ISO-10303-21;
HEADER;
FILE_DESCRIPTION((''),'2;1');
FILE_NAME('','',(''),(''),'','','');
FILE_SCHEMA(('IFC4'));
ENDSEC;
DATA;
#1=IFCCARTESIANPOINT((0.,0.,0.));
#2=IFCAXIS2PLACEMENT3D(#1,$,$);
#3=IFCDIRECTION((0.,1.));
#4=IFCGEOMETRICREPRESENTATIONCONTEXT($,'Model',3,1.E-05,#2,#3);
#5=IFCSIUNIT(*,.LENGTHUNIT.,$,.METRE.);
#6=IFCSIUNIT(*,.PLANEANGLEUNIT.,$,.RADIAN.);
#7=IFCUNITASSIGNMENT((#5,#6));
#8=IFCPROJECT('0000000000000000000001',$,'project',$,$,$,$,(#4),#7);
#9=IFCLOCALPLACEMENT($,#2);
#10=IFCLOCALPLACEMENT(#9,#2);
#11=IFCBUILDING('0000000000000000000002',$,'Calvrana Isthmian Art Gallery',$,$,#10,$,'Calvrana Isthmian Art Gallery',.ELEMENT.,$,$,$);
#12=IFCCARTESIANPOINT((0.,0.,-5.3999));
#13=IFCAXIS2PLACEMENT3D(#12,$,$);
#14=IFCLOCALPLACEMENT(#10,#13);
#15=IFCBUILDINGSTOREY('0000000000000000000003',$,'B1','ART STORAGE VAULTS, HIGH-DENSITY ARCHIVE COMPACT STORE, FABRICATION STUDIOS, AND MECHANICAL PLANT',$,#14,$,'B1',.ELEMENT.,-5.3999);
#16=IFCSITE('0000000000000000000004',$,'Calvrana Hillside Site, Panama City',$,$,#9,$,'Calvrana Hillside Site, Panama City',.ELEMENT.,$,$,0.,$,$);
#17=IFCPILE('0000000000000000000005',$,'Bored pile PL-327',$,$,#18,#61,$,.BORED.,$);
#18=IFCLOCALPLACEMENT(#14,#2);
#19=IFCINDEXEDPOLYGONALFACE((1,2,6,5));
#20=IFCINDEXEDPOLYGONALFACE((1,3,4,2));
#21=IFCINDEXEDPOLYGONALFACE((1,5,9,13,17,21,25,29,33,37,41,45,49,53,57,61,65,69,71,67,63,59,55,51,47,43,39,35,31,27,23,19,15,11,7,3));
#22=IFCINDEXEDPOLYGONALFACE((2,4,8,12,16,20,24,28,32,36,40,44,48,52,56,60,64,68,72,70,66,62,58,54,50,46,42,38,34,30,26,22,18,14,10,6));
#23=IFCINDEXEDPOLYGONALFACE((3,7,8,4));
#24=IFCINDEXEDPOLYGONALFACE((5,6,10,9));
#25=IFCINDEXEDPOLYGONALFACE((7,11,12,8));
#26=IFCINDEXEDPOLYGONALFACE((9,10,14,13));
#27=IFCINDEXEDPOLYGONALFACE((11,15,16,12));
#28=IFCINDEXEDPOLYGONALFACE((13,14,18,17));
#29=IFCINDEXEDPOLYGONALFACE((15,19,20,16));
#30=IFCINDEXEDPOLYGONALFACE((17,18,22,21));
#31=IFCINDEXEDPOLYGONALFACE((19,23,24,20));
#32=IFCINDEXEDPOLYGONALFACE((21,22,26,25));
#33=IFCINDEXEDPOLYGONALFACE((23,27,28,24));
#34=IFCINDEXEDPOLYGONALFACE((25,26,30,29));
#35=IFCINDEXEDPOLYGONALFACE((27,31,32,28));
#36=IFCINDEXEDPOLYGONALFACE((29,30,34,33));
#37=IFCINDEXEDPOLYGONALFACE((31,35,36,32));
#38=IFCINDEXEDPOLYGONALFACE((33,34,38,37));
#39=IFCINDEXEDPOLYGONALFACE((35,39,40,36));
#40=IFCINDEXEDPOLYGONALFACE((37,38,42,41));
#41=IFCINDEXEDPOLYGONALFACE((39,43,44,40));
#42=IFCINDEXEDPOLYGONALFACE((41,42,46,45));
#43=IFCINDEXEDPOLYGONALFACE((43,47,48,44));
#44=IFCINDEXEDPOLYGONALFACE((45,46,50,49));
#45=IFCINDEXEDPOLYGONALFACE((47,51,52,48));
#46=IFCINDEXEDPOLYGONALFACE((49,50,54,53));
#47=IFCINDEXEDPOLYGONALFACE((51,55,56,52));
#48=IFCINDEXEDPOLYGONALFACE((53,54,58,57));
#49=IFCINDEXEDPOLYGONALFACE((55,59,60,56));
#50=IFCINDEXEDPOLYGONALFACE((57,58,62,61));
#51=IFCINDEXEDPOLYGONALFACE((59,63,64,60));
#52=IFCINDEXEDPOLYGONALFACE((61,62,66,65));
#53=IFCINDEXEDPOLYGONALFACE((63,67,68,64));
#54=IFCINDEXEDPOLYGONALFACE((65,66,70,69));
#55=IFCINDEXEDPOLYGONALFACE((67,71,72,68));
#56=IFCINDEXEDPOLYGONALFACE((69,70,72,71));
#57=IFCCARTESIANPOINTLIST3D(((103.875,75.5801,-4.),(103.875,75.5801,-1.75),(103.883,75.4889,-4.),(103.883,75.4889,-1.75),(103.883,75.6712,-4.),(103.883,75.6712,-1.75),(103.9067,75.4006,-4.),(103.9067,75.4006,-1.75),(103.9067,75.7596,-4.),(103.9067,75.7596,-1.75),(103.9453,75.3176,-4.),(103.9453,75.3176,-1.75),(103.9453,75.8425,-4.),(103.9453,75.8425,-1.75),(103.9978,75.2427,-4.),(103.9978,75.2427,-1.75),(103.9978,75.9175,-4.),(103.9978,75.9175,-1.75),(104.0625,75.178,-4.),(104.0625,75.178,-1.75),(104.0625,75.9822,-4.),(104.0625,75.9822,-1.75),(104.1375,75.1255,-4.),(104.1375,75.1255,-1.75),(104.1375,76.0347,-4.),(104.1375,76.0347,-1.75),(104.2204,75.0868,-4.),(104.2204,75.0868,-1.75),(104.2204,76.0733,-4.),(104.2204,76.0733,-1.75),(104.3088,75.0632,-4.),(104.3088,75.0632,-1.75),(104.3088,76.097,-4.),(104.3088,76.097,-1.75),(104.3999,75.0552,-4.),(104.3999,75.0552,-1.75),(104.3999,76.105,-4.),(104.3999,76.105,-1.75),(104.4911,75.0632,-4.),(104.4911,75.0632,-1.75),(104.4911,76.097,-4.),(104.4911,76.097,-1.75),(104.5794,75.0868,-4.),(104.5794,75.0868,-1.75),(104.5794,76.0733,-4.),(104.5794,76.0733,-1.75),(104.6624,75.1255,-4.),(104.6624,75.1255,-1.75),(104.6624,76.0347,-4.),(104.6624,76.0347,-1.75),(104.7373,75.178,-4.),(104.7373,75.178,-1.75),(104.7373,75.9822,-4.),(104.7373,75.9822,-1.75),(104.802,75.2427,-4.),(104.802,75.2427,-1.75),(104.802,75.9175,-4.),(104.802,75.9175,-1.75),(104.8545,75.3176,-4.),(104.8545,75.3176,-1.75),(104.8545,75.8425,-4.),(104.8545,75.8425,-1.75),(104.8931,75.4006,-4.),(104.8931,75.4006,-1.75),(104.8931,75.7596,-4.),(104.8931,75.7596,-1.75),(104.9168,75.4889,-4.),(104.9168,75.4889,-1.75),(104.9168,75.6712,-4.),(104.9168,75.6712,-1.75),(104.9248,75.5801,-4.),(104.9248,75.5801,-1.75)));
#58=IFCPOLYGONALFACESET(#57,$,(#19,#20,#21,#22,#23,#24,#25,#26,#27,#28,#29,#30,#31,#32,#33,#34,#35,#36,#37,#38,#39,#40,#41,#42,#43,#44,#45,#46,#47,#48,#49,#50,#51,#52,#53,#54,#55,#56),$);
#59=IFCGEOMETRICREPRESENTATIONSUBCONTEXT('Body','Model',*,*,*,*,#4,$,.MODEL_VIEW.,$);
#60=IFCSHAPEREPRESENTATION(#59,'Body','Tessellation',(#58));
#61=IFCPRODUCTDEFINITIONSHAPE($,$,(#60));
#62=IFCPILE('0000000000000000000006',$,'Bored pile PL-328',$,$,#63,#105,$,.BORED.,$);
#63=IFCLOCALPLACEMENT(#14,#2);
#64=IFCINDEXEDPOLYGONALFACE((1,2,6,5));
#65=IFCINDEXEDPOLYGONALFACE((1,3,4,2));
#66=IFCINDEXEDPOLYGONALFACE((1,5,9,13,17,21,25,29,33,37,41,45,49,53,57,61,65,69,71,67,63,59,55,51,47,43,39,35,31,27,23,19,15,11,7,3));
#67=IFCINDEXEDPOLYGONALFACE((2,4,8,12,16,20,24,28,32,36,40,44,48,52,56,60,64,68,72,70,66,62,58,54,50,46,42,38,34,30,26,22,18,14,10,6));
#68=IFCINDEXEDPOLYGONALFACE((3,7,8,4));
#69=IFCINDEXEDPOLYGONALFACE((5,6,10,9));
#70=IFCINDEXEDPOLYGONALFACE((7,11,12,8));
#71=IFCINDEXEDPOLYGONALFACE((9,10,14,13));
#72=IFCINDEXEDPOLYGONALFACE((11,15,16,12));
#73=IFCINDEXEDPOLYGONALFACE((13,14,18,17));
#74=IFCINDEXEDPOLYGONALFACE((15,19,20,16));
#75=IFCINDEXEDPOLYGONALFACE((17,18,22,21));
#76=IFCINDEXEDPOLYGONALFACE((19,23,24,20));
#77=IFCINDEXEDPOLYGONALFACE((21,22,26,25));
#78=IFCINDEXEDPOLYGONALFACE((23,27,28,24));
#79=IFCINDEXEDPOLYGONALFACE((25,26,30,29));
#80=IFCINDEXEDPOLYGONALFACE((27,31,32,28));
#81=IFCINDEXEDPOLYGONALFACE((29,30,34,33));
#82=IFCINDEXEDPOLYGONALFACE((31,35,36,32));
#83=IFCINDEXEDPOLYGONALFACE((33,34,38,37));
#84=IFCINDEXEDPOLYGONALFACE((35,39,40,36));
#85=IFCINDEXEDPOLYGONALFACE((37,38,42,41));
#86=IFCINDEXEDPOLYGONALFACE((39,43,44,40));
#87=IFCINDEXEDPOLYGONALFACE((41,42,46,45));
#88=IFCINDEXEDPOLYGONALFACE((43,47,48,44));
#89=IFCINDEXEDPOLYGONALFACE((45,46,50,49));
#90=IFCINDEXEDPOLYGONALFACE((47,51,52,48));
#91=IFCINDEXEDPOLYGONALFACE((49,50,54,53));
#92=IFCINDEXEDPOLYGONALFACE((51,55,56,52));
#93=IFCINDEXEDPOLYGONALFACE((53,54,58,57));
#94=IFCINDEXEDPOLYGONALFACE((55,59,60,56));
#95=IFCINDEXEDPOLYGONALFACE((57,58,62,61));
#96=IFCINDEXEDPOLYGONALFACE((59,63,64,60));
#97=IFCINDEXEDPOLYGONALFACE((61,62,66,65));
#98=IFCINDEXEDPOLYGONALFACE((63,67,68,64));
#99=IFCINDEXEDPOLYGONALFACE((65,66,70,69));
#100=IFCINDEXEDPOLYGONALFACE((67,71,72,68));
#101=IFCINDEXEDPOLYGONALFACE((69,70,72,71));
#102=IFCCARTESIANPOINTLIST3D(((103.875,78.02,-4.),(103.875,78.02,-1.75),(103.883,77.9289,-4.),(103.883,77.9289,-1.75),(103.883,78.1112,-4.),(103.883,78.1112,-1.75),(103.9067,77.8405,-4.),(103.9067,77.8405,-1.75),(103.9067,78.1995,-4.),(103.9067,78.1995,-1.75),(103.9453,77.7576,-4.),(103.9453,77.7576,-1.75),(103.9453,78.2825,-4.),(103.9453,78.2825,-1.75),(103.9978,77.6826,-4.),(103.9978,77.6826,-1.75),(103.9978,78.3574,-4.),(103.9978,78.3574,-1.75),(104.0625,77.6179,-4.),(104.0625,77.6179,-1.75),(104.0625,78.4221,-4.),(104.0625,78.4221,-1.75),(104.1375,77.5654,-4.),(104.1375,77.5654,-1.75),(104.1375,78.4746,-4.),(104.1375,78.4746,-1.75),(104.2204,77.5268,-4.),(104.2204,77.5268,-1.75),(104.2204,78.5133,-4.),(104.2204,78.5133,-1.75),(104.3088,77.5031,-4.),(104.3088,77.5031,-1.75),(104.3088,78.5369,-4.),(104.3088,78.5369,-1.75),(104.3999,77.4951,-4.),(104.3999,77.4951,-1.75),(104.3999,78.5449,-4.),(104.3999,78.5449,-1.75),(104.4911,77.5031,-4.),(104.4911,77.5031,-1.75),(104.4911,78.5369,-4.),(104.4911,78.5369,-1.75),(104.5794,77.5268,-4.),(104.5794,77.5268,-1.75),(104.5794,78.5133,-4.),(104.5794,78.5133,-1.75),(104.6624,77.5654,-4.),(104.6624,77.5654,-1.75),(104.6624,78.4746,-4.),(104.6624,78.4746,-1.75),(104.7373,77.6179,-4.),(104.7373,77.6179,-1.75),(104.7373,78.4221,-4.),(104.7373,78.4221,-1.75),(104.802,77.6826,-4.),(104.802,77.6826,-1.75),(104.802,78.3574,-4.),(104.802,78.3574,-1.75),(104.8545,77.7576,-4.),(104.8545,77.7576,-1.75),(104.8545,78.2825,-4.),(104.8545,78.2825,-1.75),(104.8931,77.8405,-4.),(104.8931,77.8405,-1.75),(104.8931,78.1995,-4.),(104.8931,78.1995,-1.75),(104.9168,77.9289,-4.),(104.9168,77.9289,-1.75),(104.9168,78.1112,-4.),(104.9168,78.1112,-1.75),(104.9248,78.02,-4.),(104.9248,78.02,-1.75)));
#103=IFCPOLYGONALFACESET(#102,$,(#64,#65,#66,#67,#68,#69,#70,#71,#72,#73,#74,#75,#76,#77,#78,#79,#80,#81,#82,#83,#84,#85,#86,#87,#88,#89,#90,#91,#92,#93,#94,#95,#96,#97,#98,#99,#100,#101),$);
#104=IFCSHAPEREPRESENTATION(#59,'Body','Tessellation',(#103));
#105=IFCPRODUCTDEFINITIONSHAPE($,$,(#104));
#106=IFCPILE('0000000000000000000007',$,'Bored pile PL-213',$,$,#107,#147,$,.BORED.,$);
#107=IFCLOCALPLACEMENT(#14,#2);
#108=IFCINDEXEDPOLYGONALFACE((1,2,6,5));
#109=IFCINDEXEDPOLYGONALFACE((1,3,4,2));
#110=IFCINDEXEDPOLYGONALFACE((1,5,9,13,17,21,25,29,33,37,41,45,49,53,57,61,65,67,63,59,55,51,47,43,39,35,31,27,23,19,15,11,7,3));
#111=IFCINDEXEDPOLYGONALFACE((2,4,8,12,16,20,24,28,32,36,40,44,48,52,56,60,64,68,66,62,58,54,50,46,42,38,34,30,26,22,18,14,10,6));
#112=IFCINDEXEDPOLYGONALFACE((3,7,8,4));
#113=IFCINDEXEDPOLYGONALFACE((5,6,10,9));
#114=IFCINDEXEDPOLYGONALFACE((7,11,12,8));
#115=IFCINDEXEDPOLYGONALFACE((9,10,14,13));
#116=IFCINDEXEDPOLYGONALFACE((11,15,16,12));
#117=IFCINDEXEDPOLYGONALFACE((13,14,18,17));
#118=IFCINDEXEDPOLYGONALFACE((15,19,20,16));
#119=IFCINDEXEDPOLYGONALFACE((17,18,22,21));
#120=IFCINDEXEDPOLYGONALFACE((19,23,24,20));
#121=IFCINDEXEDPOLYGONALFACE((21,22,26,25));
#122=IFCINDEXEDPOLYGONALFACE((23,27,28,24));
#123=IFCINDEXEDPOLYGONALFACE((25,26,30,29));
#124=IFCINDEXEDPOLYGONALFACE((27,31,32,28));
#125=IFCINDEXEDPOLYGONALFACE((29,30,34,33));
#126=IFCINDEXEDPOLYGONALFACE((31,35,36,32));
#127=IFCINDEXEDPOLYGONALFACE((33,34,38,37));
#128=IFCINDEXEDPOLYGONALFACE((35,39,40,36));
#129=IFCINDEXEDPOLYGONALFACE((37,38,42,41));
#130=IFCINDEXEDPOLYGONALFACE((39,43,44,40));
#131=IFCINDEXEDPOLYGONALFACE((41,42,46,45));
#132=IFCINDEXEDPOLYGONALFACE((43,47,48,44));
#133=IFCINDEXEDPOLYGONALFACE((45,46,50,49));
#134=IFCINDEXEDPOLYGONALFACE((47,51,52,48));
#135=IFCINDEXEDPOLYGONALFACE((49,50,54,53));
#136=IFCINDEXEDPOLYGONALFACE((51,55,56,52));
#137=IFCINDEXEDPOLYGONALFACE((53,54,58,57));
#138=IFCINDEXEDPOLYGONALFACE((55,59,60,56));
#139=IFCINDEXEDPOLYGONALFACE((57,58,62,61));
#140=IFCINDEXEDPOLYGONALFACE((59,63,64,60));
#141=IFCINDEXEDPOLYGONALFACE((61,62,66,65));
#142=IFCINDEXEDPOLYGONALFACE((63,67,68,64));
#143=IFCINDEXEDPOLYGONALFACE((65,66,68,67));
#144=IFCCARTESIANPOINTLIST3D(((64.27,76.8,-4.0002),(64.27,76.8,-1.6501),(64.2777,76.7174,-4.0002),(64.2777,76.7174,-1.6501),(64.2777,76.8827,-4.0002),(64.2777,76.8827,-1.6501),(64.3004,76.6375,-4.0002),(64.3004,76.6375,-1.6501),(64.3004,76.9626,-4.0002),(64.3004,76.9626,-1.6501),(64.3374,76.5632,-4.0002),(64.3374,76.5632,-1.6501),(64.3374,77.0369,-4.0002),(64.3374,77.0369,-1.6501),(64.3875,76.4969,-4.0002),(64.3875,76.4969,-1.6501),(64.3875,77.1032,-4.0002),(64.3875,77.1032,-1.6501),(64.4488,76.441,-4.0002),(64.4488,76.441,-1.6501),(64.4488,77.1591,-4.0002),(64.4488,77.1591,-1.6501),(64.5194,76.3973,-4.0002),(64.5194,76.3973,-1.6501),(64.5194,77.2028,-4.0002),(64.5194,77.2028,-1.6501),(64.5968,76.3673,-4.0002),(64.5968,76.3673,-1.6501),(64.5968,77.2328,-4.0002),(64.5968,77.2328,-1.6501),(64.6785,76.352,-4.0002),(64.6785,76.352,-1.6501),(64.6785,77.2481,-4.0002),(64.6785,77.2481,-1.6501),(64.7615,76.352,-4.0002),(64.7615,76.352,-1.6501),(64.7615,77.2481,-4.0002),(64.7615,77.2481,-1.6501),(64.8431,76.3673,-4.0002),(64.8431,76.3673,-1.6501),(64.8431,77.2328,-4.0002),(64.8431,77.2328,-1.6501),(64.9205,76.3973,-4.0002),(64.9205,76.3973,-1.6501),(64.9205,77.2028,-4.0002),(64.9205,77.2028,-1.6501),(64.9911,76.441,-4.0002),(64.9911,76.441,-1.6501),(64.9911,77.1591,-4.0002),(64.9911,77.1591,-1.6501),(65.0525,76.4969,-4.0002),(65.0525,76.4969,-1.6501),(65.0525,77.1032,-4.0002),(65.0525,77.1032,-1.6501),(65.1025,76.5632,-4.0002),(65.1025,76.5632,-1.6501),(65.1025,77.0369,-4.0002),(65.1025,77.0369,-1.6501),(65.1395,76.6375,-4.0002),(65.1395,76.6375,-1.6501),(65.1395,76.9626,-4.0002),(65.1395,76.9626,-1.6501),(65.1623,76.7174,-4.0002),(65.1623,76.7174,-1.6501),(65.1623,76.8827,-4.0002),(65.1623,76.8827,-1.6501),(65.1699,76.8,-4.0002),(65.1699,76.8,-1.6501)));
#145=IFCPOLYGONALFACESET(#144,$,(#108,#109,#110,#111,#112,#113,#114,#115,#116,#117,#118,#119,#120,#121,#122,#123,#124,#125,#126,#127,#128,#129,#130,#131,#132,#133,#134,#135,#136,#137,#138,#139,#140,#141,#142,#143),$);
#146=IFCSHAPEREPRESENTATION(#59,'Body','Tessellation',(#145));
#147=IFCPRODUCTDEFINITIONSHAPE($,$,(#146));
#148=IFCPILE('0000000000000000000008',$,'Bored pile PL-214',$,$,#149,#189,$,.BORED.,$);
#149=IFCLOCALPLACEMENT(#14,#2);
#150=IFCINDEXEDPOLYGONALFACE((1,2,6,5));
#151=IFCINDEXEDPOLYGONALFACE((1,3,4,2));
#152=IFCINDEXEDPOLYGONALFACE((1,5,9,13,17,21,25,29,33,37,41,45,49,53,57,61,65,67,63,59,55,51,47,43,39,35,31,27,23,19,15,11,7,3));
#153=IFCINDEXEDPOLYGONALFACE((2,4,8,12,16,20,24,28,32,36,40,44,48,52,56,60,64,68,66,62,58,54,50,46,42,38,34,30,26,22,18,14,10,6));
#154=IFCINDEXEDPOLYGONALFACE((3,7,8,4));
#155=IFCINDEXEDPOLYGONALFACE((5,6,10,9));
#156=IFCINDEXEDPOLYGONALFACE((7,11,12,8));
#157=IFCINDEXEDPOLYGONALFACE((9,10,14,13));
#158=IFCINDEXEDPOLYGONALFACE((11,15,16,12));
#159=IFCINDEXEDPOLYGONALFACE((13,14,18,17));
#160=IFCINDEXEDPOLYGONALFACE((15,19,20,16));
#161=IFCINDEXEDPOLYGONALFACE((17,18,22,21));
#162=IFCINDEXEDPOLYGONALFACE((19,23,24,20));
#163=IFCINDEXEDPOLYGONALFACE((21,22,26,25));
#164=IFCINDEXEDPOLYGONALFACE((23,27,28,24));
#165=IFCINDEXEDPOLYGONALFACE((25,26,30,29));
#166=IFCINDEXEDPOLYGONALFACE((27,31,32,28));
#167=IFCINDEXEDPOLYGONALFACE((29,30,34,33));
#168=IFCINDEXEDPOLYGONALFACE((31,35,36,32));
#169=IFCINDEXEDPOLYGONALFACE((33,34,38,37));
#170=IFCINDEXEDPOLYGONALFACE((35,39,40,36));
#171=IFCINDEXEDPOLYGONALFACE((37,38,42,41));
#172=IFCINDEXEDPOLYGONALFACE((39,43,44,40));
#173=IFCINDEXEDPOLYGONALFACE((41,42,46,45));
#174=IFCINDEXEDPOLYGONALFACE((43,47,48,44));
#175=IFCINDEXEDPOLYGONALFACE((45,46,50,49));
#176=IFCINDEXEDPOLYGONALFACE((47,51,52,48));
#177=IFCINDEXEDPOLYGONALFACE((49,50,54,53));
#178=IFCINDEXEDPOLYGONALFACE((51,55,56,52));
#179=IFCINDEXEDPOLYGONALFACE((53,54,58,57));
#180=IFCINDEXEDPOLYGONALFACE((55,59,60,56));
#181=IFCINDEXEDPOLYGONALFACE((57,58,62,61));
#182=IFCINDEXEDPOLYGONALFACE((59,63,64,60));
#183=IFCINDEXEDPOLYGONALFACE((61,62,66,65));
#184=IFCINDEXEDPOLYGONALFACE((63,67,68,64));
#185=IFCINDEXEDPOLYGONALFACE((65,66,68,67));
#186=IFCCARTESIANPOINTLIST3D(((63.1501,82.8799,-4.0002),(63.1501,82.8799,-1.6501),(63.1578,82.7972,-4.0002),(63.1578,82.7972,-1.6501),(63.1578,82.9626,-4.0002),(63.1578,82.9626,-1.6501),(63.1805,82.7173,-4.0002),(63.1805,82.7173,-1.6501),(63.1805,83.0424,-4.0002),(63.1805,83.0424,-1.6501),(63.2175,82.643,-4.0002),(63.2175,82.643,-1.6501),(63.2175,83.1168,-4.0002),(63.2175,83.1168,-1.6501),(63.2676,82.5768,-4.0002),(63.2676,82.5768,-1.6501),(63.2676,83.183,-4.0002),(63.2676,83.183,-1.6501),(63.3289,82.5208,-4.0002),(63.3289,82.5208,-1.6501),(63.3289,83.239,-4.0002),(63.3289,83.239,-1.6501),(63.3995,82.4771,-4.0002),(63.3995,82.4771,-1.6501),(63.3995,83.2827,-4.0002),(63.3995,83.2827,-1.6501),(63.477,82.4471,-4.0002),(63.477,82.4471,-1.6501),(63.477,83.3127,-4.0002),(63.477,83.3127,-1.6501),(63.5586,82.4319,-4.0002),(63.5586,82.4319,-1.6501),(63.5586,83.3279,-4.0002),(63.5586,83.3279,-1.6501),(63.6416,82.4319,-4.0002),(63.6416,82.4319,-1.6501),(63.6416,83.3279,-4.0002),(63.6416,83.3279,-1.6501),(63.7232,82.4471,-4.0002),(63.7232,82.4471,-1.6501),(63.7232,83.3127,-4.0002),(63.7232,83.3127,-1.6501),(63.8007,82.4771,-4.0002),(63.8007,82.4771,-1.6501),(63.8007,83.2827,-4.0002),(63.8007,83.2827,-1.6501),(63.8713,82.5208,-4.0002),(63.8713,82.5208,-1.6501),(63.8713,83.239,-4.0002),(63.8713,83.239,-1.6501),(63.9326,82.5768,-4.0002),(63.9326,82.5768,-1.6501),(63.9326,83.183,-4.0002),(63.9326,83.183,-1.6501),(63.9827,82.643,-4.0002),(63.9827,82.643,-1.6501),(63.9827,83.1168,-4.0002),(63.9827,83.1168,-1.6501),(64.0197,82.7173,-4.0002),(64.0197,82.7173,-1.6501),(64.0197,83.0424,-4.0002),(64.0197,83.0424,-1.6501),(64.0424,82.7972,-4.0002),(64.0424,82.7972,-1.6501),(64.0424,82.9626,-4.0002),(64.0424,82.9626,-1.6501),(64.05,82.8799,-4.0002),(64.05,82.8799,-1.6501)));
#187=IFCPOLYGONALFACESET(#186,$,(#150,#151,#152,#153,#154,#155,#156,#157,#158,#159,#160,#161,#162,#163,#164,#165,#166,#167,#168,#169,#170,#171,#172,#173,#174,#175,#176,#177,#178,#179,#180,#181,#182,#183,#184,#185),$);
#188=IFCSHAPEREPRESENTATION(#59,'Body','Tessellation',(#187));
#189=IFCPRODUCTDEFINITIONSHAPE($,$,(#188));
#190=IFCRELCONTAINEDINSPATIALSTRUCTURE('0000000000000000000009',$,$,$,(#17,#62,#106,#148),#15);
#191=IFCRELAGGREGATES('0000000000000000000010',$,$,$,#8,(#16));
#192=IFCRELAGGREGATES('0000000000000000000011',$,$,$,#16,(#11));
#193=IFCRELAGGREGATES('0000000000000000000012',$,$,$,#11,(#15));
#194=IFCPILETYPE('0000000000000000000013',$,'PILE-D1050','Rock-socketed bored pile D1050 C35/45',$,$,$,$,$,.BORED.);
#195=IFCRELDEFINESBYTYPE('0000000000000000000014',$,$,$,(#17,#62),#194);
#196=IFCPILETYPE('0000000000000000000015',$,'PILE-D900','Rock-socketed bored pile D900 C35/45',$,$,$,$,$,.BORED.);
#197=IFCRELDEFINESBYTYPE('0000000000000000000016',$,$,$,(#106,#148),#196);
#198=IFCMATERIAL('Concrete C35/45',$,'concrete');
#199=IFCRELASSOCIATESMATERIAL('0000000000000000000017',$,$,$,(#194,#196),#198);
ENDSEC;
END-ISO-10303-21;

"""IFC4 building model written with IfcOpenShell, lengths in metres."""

from ifc_helpers import new_model, si_unit, direction, frame, origin, origin_2d, place, context, subcontext, project, spatial, circle, extrude, material, material_profile, profile_set, type_object, element, save


model = new_model("IFC4")

# Units and contexts
model_context = context("Model", 3, precision=1e-05, world=origin(), true_north=direction((0.0, 1.0)))
body_context = subcontext(model_context, "Body", "Model", "MODEL_VIEW")
ifc_project = project(units=[si_unit("LENGTHUNIT", "METRE"), si_unit("PLANEANGLEUNIT", "RADIAN")], contexts=[model_context])

# Site, building, storey
site_placement = place(None, origin())
site = spatial("IfcSite", under=ifc_project, at=site_placement, Name="Calvrana Hillside Site, Panama City", LongName="Calvrana Hillside Site, Panama City", CompositionType="ELEMENT", RefElevation=0.0)
building_placement = place(site_placement, origin())
building = spatial("IfcBuilding", under=site, at=building_placement, Name="Calvrana Isthmian Art Gallery", LongName="Calvrana Isthmian Art Gallery", CompositionType="ELEMENT")
storey_placement = place(building_placement, frame((0.0, 0.0, -5.3999)))
storey = spatial("IfcBuildingStorey", under=building, at=storey_placement, Name="B1", Description="ART STORAGE VAULTS, HIGH-DENSITY ARCHIVE COMPACT STORE, FABRICATION STUDIOS, AND MECHANICAL PLANT", LongName="B1", CompositionType="ELEMENT", Elevation=-5.3999)

# Shared definitions
ifc_material_1 = material(Name="Concrete C35/45", Category="concrete")

# Piles
ifc_material_profile_1 = material_profile(ifc_material_1, circle(Radius=0.5249, at=origin_2d()), Name="PILE1050D")
ifc_profile_set_1 = profile_set([ifc_material_profile_1], Name="Concrete C35/45")
pile_type_1 = type_object("IfcPileType", Name="PILE-D1050", Description="Rock-socketed bored pile D1050 C35/45", PredefinedType="BORED", material=ifc_profile_set_1)
for number, where, z_axis, x_axis, name in (
    (1, (104.3999, 75.5801, -1.75), (0.0, 0.0, -1.0), (1.0, 0.0, 0.0), "Bored pile PL-327"),
    (2, (104.3999, 78.02, -1.75), (0.0, 0.0, -1.0), (1.0, 0.0, 0.0), "Bored pile PL-328"),
):
    element("IfcPile", number, at=place(storey_placement, frame(where, z_axis=z_axis, x_axis=x_axis)), inside=storey, type_object=pile_type_1, Name=name, PredefinedType="BORED", context=body_context, shape_type="SweptSolid", body=[
        extrude(circle(Radius=0.5249, at=origin_2d()), origin(), (0.0, 0.0, 1.0), 2.25),
    ])
ifc_material_profile_2 = material_profile(ifc_material_1, circle(Radius=0.45, at=origin_2d()), Name="PILE900D")
ifc_profile_set_2 = profile_set([ifc_material_profile_2], Name="Concrete C35/45")
pile_type_2 = type_object("IfcPileType", Name="PILE-D900", Description="Rock-socketed bored pile D900 C35/45", PredefinedType="BORED", material=ifc_profile_set_2)
for number, where, z_axis, x_axis, name in (
    (3, (64.72, 76.8, -1.6501), (0.0, 0.0, -1.0), (1.0, 0.0, 0.0), "Bored pile PL-213"),
    (4, (63.6001, 82.8799, -1.6501), (0.0, 0.0, -1.0), (1.0, 0.0, 0.0), "Bored pile PL-214"),
):
    element("IfcPile", number, at=place(storey_placement, frame(where, z_axis=z_axis, x_axis=x_axis)), inside=storey, type_object=pile_type_2, Name=name, PredefinedType="BORED", context=body_context, shape_type="SweptSolid", body=[
        extrude(circle(Radius=0.45, at=origin_2d()), origin(), (0.0, 0.0, 1.0), 2.3501),
    ])

save(model, "model.ifc")
